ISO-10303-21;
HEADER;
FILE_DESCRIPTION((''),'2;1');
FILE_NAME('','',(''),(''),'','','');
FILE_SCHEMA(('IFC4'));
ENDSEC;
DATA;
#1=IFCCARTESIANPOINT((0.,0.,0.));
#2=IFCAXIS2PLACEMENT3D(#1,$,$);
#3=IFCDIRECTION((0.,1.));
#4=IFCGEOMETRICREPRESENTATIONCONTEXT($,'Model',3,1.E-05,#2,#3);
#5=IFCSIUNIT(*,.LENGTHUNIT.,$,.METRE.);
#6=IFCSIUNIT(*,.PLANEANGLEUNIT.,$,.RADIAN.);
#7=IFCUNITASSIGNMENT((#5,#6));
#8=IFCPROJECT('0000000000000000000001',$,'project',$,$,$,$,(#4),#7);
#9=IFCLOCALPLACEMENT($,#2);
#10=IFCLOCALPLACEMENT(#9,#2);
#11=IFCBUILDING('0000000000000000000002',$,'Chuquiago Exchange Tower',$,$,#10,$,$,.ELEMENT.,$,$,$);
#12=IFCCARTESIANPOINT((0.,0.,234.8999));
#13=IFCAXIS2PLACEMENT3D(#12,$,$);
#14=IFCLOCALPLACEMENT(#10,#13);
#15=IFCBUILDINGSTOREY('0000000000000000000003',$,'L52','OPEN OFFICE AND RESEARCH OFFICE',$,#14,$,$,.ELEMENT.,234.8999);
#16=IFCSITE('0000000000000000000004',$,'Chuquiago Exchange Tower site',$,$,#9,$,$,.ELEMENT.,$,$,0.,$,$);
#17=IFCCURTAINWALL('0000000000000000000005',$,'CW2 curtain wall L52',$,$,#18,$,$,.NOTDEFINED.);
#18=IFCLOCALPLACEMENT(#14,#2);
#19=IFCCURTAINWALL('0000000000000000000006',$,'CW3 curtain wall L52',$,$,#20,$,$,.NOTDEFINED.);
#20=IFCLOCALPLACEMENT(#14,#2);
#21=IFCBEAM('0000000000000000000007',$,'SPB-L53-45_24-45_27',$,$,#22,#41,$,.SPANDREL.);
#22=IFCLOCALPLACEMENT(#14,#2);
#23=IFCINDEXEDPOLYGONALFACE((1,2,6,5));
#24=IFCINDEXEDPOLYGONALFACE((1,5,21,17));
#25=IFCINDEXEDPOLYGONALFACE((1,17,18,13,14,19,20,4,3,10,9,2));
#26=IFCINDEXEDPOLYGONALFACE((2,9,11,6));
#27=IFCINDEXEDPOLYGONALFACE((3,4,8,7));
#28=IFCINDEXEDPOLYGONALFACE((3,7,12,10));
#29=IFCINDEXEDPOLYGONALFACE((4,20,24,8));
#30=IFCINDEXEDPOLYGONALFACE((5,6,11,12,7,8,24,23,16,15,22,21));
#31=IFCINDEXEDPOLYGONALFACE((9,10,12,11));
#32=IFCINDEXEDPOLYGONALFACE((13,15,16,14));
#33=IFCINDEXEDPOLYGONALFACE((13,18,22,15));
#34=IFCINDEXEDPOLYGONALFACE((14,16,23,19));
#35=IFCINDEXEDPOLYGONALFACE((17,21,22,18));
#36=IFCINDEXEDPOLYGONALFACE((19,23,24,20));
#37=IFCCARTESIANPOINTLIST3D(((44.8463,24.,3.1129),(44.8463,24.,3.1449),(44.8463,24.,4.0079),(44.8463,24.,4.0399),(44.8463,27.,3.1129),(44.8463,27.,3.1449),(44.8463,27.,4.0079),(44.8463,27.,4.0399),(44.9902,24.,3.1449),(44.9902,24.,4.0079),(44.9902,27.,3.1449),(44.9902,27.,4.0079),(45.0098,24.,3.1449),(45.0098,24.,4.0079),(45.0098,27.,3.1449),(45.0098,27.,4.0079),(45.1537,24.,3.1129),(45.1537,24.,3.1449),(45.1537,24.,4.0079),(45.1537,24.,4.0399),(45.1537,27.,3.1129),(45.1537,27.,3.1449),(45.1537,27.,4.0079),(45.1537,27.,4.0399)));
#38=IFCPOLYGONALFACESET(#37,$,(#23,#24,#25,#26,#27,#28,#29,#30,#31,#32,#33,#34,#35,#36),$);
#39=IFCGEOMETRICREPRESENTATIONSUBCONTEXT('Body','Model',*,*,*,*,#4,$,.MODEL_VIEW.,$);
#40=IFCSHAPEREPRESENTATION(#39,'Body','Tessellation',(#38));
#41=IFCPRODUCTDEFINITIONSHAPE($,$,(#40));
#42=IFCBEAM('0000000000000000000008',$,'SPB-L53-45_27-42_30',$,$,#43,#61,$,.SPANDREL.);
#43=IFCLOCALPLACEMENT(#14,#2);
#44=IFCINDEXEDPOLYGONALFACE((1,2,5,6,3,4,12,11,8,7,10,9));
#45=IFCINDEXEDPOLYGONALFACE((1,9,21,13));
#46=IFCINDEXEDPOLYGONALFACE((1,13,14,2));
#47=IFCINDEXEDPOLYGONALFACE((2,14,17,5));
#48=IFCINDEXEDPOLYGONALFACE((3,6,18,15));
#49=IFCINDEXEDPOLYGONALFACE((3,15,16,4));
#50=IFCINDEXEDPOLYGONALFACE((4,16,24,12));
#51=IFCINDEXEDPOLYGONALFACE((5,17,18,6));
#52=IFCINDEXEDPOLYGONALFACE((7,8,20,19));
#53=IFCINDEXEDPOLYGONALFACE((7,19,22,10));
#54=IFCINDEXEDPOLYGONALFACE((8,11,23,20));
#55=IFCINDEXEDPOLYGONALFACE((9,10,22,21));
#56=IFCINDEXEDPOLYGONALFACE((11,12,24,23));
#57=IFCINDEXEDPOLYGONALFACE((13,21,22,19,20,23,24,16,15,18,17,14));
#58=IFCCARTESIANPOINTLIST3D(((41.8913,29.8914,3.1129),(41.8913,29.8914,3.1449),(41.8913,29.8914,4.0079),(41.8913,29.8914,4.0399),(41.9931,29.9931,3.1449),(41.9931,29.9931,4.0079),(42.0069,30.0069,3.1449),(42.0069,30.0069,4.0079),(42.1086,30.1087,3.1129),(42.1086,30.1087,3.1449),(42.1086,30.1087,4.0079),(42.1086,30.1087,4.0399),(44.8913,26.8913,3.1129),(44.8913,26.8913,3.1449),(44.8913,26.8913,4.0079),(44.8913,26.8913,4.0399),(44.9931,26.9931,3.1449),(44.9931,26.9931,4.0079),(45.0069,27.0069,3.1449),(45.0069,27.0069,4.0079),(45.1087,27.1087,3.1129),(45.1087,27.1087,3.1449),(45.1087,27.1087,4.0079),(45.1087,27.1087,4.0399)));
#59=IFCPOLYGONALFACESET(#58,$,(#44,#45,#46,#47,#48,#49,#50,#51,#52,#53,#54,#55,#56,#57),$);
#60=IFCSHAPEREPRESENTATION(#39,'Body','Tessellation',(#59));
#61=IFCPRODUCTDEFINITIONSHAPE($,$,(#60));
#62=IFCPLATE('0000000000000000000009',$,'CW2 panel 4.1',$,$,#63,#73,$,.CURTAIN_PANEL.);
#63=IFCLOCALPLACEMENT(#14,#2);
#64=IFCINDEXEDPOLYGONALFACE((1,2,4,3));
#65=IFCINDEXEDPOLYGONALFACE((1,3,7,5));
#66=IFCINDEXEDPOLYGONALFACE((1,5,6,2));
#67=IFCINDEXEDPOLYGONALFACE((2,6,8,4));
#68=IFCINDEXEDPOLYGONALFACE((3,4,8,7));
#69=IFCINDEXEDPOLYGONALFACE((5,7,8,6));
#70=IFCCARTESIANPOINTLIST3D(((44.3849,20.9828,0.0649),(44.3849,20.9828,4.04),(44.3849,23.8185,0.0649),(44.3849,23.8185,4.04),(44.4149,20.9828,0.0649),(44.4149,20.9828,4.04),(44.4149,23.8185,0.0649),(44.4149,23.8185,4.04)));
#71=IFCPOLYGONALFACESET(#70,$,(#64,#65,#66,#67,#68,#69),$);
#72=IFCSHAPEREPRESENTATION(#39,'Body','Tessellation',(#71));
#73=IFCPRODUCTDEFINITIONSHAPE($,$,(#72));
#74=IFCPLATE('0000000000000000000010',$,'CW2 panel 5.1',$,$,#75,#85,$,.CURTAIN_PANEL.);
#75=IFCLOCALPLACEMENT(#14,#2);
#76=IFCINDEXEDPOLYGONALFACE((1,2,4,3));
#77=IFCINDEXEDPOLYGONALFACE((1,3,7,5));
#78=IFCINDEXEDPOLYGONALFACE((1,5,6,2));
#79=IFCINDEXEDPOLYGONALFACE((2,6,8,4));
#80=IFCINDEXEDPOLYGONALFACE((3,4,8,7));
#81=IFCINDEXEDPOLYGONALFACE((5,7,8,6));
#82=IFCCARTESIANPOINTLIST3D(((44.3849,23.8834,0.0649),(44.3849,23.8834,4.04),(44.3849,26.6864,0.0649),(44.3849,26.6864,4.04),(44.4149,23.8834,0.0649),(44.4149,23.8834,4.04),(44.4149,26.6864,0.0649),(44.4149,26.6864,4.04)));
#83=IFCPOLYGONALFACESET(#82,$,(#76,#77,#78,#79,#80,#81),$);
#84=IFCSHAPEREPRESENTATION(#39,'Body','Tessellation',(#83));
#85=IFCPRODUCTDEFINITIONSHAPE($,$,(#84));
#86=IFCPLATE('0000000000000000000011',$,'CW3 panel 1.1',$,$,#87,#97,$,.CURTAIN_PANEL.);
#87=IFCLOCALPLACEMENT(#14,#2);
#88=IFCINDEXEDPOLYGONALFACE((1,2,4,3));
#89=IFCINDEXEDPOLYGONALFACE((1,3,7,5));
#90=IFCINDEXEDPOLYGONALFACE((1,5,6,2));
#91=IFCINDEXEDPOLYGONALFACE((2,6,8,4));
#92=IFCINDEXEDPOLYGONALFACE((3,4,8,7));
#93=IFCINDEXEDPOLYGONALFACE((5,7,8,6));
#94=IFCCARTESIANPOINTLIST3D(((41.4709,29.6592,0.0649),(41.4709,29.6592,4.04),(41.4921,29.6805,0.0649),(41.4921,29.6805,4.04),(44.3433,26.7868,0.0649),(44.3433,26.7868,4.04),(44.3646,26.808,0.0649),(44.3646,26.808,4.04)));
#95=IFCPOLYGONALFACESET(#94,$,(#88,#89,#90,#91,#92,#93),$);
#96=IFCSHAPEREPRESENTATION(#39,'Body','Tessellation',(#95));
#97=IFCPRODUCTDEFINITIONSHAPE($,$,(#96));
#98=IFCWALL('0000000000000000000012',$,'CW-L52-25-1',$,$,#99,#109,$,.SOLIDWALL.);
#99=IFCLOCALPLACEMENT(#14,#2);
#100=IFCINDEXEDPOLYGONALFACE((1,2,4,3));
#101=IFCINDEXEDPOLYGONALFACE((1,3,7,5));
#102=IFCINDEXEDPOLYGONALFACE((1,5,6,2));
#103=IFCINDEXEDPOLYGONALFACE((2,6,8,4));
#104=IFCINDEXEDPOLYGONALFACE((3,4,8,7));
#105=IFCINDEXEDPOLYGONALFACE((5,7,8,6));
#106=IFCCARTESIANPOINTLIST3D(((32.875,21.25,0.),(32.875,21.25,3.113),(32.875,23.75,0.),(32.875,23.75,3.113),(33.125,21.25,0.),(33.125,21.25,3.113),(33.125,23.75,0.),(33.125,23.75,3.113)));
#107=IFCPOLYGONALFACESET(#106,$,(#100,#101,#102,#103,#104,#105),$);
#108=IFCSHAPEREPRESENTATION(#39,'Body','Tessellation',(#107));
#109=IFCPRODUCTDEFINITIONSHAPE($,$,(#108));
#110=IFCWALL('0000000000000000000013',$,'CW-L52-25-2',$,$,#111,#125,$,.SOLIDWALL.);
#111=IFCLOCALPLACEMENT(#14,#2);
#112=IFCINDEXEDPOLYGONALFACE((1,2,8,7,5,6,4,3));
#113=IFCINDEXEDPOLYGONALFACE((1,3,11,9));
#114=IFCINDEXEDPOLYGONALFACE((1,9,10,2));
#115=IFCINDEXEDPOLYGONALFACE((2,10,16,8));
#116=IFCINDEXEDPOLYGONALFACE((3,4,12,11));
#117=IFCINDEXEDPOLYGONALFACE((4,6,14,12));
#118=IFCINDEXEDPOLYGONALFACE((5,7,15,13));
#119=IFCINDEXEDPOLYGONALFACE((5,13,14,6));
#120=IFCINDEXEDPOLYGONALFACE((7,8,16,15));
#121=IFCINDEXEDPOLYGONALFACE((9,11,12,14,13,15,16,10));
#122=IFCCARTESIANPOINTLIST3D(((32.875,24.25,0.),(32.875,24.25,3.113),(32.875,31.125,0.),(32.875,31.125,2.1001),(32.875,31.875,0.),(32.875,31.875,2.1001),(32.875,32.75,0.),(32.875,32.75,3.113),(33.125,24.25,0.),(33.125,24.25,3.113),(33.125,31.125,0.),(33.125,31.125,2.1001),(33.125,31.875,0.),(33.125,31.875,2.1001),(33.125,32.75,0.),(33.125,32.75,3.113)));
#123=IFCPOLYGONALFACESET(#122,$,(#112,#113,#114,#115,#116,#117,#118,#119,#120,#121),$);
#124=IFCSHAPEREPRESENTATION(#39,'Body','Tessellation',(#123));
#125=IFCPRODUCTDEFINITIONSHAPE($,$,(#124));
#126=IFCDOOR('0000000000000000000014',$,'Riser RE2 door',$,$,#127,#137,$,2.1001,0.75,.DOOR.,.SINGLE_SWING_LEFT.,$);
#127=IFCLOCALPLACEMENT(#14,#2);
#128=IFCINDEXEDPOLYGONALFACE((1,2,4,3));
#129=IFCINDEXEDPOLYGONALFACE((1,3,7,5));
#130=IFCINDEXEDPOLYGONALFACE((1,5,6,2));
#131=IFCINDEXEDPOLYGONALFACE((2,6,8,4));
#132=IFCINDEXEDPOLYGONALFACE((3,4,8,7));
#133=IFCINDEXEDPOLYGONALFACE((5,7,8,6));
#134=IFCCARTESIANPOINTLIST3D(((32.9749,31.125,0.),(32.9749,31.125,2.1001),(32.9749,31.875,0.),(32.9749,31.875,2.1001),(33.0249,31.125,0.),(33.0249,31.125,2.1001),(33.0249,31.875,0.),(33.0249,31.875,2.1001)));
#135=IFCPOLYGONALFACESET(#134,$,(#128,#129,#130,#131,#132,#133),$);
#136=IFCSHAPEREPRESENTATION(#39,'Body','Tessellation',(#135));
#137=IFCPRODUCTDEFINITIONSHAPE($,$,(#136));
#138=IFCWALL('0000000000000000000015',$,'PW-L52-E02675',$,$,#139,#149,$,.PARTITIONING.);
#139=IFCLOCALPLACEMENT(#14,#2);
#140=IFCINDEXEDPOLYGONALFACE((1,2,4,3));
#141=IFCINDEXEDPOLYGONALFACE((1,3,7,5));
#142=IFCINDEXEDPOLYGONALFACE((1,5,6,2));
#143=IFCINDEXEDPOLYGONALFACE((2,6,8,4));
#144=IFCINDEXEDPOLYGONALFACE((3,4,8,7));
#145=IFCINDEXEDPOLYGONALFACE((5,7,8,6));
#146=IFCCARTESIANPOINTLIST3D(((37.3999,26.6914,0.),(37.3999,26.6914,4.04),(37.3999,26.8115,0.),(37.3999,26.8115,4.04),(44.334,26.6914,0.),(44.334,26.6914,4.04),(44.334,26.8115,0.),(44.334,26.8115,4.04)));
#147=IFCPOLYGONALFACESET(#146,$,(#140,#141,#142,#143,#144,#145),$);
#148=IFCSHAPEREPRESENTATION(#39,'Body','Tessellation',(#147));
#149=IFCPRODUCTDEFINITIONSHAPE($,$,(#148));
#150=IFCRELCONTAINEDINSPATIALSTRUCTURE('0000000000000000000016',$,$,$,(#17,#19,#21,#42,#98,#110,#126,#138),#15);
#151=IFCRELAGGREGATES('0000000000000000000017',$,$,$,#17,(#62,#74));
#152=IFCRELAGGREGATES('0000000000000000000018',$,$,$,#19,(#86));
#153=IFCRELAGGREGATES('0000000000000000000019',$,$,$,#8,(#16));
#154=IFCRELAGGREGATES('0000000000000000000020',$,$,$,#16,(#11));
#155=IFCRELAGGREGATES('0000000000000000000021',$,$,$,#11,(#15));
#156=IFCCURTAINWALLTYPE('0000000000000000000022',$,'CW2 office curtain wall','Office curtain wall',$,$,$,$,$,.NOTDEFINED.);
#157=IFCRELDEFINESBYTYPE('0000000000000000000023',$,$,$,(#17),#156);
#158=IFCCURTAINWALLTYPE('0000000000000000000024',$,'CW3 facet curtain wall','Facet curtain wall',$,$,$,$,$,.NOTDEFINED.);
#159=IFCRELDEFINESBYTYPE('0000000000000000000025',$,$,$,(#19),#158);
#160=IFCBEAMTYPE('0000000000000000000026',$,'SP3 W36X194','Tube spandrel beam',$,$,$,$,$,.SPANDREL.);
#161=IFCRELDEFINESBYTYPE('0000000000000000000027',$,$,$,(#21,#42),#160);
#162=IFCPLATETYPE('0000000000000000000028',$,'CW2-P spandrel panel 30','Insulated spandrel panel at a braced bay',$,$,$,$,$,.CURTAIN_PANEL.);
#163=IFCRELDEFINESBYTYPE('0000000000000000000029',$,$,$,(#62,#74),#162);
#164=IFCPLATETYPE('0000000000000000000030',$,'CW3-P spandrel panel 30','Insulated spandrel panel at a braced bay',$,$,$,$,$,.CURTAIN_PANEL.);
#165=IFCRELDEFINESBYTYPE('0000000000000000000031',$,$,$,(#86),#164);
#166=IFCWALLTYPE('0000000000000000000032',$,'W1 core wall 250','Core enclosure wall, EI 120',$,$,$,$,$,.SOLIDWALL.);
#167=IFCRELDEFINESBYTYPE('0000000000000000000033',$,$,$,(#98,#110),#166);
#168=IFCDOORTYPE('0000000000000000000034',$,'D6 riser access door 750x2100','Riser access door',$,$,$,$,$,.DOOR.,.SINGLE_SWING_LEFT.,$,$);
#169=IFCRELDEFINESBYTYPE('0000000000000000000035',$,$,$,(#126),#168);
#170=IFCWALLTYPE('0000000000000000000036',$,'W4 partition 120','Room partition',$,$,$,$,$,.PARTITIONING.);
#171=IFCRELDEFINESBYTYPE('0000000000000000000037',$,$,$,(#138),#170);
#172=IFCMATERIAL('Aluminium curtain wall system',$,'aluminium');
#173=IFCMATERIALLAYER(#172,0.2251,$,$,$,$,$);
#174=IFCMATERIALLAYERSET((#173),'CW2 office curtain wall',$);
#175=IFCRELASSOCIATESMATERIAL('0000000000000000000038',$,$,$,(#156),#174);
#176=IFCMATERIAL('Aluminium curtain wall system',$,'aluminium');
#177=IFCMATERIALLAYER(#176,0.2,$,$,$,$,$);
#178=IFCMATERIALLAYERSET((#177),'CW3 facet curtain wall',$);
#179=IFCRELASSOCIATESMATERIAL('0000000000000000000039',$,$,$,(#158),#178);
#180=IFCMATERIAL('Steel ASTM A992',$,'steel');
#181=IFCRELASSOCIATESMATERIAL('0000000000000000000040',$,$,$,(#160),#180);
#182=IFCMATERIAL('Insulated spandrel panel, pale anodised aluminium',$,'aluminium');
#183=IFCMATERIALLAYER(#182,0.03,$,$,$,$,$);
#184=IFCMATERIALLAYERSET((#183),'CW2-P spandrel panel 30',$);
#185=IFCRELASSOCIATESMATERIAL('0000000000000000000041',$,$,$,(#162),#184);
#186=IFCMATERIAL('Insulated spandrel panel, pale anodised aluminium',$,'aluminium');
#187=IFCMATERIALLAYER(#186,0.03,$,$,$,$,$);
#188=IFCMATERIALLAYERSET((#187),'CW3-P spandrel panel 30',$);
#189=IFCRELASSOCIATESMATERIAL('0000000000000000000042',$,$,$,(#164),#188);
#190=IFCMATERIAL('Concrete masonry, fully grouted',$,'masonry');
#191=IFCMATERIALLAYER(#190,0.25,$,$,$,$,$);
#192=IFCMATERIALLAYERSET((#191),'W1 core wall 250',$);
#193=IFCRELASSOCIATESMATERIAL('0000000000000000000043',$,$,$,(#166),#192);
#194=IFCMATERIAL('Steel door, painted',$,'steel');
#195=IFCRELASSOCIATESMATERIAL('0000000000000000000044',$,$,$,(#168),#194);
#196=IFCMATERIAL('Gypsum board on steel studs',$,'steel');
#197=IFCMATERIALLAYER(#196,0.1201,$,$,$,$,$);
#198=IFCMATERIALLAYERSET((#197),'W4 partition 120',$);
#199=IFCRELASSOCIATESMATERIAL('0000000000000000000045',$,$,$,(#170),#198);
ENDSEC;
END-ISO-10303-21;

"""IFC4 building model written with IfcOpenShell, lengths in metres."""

from ifc_helpers import new_model, si_unit, direction, frame, frame_2d, origin, origin_2d, place, context, subcontext, project, spatial, rectangle, i_section, extrude, material, layer, layer_set, material_profile, profile_set, type_object, element, fill, aggregate, save


model = new_model("IFC4")

# Units and contexts
model_context = context("Model", 3, precision=1e-05, world=origin(), true_north=direction((0.0, 1.0)))
body_context = subcontext(model_context, "Body", "Model", "MODEL_VIEW")
ifc_project = project(units=[si_unit("LENGTHUNIT", "METRE"), si_unit("PLANEANGLEUNIT", "RADIAN")], contexts=[model_context])

# Site, building, storey
site_placement = place(None, origin())
site = spatial("IfcSite", under=ifc_project, at=site_placement, Name="Chuquiago Exchange Tower site", CompositionType="ELEMENT", RefElevation=0.0)
building_placement = place(site_placement, origin())
building = spatial("IfcBuilding", under=site, at=building_placement, Name="Chuquiago Exchange Tower", CompositionType="ELEMENT")
storey_placement = place(building_placement, frame((0.0, 0.0, 234.8999)))
storey = spatial("IfcBuildingStorey", under=building, at=storey_placement, Name="L52", Description="OPEN OFFICE AND RESEARCH OFFICE", CompositionType="ELEMENT", Elevation=234.8999)

# Curtain walls
ifc_material_1 = material(Name="Aluminium curtain wall system", Category="aluminium")
ifc_layer_1 = layer(ifc_material_1, 0.2251)
ifc_layer_set_1 = layer_set([ifc_layer_1], Name="CW2 office curtain wall")
curtain_wall_type_1 = type_object("IfcCurtainWallType", Name="CW2 office curtain wall", Description="Office curtain wall", PredefinedType="NOTDEFINED", material=ifc_layer_set_1)
curtain_wall_1_placement = place(storey_placement, origin())
curtain_wall_1 = element("IfcCurtainWall", 1, at=curtain_wall_1_placement, inside=storey, type_object=curtain_wall_type_1, Name="CW2 curtain wall L52", PredefinedType="NOTDEFINED")
ifc_material_2 = material(Name="Aluminium curtain wall system", Category="aluminium")
ifc_layer_2 = layer(ifc_material_2, 0.2)
ifc_layer_set_2 = layer_set([ifc_layer_2], Name="CW3 facet curtain wall")
curtain_wall_type_2 = type_object("IfcCurtainWallType", Name="CW3 facet curtain wall", Description="Facet curtain wall", PredefinedType="NOTDEFINED", material=ifc_layer_set_2)
curtain_wall_2_placement = place(storey_placement, origin())
curtain_wall_2 = element("IfcCurtainWall", 2, at=curtain_wall_2_placement, inside=storey, type_object=curtain_wall_type_2, Name="CW3 curtain wall L52", PredefinedType="NOTDEFINED")

# Beams
ifc_material_3 = material(Name="Steel ASTM A992", Category="steel")
ifc_material_profile_1 = material_profile(ifc_material_3, i_section(OverallWidth=0.3074, OverallDepth=0.927, WebThickness=0.0195, FlangeThickness=0.032, at=origin_2d()), Name="W36X194")
ifc_profile_set_1 = profile_set([ifc_material_profile_1], Name="Steel ASTM A992")
beam_type_1 = type_object("IfcBeamType", Name="SP3 W36X194", Description="Tube spandrel beam", PredefinedType="SPANDREL", material=ifc_profile_set_1)
for number, where, z_axis, x_axis, name in (
    (3, (45.0, 24.0, 3.5764), (0.0, 1.0, 0.0), (-1.0, 0.0, 0.0), "SPB-L53-45_24-45_27"),
):
    element("IfcBeam", number, at=place(storey_placement, frame(where, z_axis=z_axis, x_axis=x_axis)), inside=storey, type_object=beam_type_1, Name=name, PredefinedType="SPANDREL", context=body_context, shape_type="SweptSolid", body=[
        extrude(i_section(OverallWidth=0.3074, OverallDepth=0.927, WebThickness=0.0195, FlangeThickness=0.032, at=origin_2d()), origin(), (0.0, 0.0, 1.0), 3.0),
    ])
beam_1_placement = place(storey_placement, frame((45.0, 27.0, 3.5764), z_axis=(-0.707107, 0.707107, 0.0), x_axis=(-0.707107, -0.707107, 0.0)))
element("IfcBeam", 4, at=beam_1_placement, inside=storey, type_object=beam_type_1, Name="SPB-L53-45_27-42_30", PredefinedType="SPANDREL", context=body_context, shape_type="SweptSolid", body=[
    extrude(i_section(OverallWidth=0.3074, OverallDepth=0.927, WebThickness=0.0195, FlangeThickness=0.032, at=origin_2d()), origin(), (0.0, 0.0, 1.0), 4.2427),
])

# Plates
ifc_material_4 = material(Name="Insulated spandrel panel, pale anodised aluminium", Category="aluminium")
ifc_layer_3 = layer(ifc_material_4, 0.03)
ifc_layer_set_3 = layer_set([ifc_layer_3], Name="CW2-P spandrel panel 30")
plate_type_1 = type_object("IfcPlateType", Name="CW2-P spandrel panel 30", Description="Insulated spandrel panel at a braced bay", PredefinedType="CURTAIN_PANEL", material=ifc_layer_set_3)
plate_1_placement = place(storey_placement, frame((44.3999, 22.4006, 0.0649), z_axis=(0.0, 0.0, 1.0), x_axis=(0.0, 1.0, 0.0)))
plate_1 = element("IfcPlate", 5, at=plate_1_placement, type_object=plate_type_1, Name="CW2 panel 4.1", PredefinedType="CURTAIN_PANEL", context=body_context, shape_type="SweptSolid", body=[
    extrude(rectangle(XDim=2.8357, YDim=0.03, at=origin_2d()), origin(), (0.0, 0.0, 1.0), 3.9751),
])
plate_2_placement = place(storey_placement, frame((44.3999, 25.2849, 0.0649), z_axis=(0.0, 0.0, 1.0), x_axis=(0.0, 1.0, 0.0)))
plate_2 = element("IfcPlate", 6, at=plate_2_placement, type_object=plate_type_1, Name="CW2 panel 5.1", PredefinedType="CURTAIN_PANEL", context=body_context, shape_type="SweptSolid", body=[
    extrude(rectangle(XDim=2.803, YDim=0.03, at=origin_2d()), origin(), (0.0, 0.0, 1.0), 3.9751),
])
aggregate(curtain_wall_1, [plate_1, plate_2])
ifc_material_5 = material(Name="Insulated spandrel panel, pale anodised aluminium", Category="aluminium")
ifc_layer_4 = layer(ifc_material_5, 0.03)
ifc_layer_set_4 = layer_set([ifc_layer_4], Name="CW3-P spandrel panel 30")
plate_type_2 = type_object("IfcPlateType", Name="CW3-P spandrel panel 30", Description="Insulated spandrel panel at a braced bay", PredefinedType="CURTAIN_PANEL", material=ifc_layer_set_4)
plate_3_placement = place(storey_placement, frame((42.9177, 28.2336, 0.0649), z_axis=(0.0, 0.0, 1.0), x_axis=(-0.707107, 0.707107, 0.0)))
plate_3 = element("IfcPlate", 7, at=plate_3_placement, type_object=plate_type_2, Name="CW3 panel 1.1", PredefinedType="CURTAIN_PANEL", context=body_context, shape_type="SweptSolid", body=[
    extrude(rectangle(XDim=4.0623, YDim=0.03, at=origin_2d()), origin(), (0.0, 0.0, 1.0), 3.9751),
])
aggregate(curtain_wall_2, [plate_3])

# Wall
ifc_material_6 = material(Name="Concrete masonry, fully grouted", Category="masonry")
ifc_layer_5 = layer(ifc_material_6, 0.25)
ifc_layer_set_5 = layer_set([ifc_layer_5], Name="W1 core wall 250")
wall_type_1 = type_object("IfcWallType", Name="W1 core wall 250", Description="Core enclosure wall, EI 120", PredefinedType="SOLIDWALL", material=ifc_layer_set_5)
wall_1_placement = place(storey_placement, frame((33.0, 21.25, 0.0), z_axis=(0.0, 0.0, 1.0), x_axis=(0.0, 1.0, 0.0)))
element("IfcWall", 8, at=wall_1_placement, inside=storey, type_object=wall_type_1, Name="CW-L52-25-1", PredefinedType="SOLIDWALL", context=body_context, shape_type="SweptSolid", body=[
    extrude(rectangle(XDim=2.5, YDim=0.25, at=frame_2d((1.25, 0.0))), origin(), (0.0, 0.0, 1.0), 3.113),
])

# Wall, opening, door
wall_2_placement = place(storey_placement, frame((33.0, 24.25, 0.0), z_axis=(0.0, 0.0, 1.0), x_axis=(0.0, 1.0, 0.0)))
wall_2 = element("IfcWall", 9, at=wall_2_placement, inside=storey, type_object=wall_type_1, Name="CW-L52-25-2", PredefinedType="SOLIDWALL", context=body_context, shape_type="SweptSolid", body=[
    extrude(rectangle(XDim=8.5, YDim=0.25, at=frame_2d((4.25, 0.0))), origin(), (0.0, 0.0, 1.0), 3.113),
])
opening_placement = place(wall_2_placement, frame((6.875, 0.0, 0.0)))
opening = element("IfcOpeningElement", 10, at=opening_placement, cuts=wall_2, PredefinedType="OPENING", context=body_context, shape_type="SweptSolid", body=[
    extrude(rectangle(XDim=0.75, YDim=2.1001, at=frame_2d((0.375, 1.05))), frame((0.0, 0.135, 0.0), z_axis=(0.0, -1.0, 0.0), x_axis=(1.0, 0.0, 0.0)), (0.0, 0.0, 1.0), 0.27),
])
ifc_material_7 = material(Name="Steel door, painted", Category="steel")
door_type = type_object("IfcDoorType", Name="D6 riser access door 750x2100", Description="Riser access door", OperationType="SINGLE_SWING_LEFT", PredefinedType="DOOR", material=ifc_material_7)
door_placement = place(opening_placement, frame((0.75, 0.0, 0.0), z_axis=(0.0, 0.0, 1.0), x_axis=(-1.0, 0.0, 0.0)))
door = element("IfcDoor", 11, at=door_placement, inside=storey, type_object=door_type, Name="Riser RE2 door", OperationType="SINGLE_SWING_LEFT", OverallHeight=2.1001, OverallWidth=0.75, PredefinedType="DOOR", context=body_context, shape_type="SweptSolid", body=[
    extrude(rectangle(XDim=0.75, YDim=2.1001, at=frame_2d((0.375, 1.05))), frame((0.0, 0.0249, 0.0), z_axis=(0.0, -1.0, 0.0), x_axis=(1.0, 0.0, 0.0)), (0.0, 0.0, 1.0), 0.05),
])
fill(opening, door)

# Wall
ifc_material_8 = material(Name="Gypsum board on steel studs", Category="steel")
ifc_layer_6 = layer(ifc_material_8, 0.1201)
ifc_layer_set_6 = layer_set([ifc_layer_6], Name="W4 partition 120")
wall_type_2 = type_object("IfcWallType", Name="W4 partition 120", Description="Room partition", PredefinedType="PARTITIONING", material=ifc_layer_set_6)
wall_3_placement = place(storey_placement, frame((44.334, 26.7515, 0.0), z_axis=(0.0, 0.0, 1.0), x_axis=(-1.0, 0.0, 0.0)))
element("IfcWall", 12, at=wall_3_placement, inside=storey, type_object=wall_type_2, Name="PW-L52-E02675", PredefinedType="PARTITIONING", context=body_context, shape_type="SweptSolid", body=[
    extrude(rectangle(XDim=6.9341, YDim=0.1201, at=frame_2d((3.467, 0.0))), origin(), (0.0, 0.0, 1.0), 4.04),
])

save(model, "model.ifc")
